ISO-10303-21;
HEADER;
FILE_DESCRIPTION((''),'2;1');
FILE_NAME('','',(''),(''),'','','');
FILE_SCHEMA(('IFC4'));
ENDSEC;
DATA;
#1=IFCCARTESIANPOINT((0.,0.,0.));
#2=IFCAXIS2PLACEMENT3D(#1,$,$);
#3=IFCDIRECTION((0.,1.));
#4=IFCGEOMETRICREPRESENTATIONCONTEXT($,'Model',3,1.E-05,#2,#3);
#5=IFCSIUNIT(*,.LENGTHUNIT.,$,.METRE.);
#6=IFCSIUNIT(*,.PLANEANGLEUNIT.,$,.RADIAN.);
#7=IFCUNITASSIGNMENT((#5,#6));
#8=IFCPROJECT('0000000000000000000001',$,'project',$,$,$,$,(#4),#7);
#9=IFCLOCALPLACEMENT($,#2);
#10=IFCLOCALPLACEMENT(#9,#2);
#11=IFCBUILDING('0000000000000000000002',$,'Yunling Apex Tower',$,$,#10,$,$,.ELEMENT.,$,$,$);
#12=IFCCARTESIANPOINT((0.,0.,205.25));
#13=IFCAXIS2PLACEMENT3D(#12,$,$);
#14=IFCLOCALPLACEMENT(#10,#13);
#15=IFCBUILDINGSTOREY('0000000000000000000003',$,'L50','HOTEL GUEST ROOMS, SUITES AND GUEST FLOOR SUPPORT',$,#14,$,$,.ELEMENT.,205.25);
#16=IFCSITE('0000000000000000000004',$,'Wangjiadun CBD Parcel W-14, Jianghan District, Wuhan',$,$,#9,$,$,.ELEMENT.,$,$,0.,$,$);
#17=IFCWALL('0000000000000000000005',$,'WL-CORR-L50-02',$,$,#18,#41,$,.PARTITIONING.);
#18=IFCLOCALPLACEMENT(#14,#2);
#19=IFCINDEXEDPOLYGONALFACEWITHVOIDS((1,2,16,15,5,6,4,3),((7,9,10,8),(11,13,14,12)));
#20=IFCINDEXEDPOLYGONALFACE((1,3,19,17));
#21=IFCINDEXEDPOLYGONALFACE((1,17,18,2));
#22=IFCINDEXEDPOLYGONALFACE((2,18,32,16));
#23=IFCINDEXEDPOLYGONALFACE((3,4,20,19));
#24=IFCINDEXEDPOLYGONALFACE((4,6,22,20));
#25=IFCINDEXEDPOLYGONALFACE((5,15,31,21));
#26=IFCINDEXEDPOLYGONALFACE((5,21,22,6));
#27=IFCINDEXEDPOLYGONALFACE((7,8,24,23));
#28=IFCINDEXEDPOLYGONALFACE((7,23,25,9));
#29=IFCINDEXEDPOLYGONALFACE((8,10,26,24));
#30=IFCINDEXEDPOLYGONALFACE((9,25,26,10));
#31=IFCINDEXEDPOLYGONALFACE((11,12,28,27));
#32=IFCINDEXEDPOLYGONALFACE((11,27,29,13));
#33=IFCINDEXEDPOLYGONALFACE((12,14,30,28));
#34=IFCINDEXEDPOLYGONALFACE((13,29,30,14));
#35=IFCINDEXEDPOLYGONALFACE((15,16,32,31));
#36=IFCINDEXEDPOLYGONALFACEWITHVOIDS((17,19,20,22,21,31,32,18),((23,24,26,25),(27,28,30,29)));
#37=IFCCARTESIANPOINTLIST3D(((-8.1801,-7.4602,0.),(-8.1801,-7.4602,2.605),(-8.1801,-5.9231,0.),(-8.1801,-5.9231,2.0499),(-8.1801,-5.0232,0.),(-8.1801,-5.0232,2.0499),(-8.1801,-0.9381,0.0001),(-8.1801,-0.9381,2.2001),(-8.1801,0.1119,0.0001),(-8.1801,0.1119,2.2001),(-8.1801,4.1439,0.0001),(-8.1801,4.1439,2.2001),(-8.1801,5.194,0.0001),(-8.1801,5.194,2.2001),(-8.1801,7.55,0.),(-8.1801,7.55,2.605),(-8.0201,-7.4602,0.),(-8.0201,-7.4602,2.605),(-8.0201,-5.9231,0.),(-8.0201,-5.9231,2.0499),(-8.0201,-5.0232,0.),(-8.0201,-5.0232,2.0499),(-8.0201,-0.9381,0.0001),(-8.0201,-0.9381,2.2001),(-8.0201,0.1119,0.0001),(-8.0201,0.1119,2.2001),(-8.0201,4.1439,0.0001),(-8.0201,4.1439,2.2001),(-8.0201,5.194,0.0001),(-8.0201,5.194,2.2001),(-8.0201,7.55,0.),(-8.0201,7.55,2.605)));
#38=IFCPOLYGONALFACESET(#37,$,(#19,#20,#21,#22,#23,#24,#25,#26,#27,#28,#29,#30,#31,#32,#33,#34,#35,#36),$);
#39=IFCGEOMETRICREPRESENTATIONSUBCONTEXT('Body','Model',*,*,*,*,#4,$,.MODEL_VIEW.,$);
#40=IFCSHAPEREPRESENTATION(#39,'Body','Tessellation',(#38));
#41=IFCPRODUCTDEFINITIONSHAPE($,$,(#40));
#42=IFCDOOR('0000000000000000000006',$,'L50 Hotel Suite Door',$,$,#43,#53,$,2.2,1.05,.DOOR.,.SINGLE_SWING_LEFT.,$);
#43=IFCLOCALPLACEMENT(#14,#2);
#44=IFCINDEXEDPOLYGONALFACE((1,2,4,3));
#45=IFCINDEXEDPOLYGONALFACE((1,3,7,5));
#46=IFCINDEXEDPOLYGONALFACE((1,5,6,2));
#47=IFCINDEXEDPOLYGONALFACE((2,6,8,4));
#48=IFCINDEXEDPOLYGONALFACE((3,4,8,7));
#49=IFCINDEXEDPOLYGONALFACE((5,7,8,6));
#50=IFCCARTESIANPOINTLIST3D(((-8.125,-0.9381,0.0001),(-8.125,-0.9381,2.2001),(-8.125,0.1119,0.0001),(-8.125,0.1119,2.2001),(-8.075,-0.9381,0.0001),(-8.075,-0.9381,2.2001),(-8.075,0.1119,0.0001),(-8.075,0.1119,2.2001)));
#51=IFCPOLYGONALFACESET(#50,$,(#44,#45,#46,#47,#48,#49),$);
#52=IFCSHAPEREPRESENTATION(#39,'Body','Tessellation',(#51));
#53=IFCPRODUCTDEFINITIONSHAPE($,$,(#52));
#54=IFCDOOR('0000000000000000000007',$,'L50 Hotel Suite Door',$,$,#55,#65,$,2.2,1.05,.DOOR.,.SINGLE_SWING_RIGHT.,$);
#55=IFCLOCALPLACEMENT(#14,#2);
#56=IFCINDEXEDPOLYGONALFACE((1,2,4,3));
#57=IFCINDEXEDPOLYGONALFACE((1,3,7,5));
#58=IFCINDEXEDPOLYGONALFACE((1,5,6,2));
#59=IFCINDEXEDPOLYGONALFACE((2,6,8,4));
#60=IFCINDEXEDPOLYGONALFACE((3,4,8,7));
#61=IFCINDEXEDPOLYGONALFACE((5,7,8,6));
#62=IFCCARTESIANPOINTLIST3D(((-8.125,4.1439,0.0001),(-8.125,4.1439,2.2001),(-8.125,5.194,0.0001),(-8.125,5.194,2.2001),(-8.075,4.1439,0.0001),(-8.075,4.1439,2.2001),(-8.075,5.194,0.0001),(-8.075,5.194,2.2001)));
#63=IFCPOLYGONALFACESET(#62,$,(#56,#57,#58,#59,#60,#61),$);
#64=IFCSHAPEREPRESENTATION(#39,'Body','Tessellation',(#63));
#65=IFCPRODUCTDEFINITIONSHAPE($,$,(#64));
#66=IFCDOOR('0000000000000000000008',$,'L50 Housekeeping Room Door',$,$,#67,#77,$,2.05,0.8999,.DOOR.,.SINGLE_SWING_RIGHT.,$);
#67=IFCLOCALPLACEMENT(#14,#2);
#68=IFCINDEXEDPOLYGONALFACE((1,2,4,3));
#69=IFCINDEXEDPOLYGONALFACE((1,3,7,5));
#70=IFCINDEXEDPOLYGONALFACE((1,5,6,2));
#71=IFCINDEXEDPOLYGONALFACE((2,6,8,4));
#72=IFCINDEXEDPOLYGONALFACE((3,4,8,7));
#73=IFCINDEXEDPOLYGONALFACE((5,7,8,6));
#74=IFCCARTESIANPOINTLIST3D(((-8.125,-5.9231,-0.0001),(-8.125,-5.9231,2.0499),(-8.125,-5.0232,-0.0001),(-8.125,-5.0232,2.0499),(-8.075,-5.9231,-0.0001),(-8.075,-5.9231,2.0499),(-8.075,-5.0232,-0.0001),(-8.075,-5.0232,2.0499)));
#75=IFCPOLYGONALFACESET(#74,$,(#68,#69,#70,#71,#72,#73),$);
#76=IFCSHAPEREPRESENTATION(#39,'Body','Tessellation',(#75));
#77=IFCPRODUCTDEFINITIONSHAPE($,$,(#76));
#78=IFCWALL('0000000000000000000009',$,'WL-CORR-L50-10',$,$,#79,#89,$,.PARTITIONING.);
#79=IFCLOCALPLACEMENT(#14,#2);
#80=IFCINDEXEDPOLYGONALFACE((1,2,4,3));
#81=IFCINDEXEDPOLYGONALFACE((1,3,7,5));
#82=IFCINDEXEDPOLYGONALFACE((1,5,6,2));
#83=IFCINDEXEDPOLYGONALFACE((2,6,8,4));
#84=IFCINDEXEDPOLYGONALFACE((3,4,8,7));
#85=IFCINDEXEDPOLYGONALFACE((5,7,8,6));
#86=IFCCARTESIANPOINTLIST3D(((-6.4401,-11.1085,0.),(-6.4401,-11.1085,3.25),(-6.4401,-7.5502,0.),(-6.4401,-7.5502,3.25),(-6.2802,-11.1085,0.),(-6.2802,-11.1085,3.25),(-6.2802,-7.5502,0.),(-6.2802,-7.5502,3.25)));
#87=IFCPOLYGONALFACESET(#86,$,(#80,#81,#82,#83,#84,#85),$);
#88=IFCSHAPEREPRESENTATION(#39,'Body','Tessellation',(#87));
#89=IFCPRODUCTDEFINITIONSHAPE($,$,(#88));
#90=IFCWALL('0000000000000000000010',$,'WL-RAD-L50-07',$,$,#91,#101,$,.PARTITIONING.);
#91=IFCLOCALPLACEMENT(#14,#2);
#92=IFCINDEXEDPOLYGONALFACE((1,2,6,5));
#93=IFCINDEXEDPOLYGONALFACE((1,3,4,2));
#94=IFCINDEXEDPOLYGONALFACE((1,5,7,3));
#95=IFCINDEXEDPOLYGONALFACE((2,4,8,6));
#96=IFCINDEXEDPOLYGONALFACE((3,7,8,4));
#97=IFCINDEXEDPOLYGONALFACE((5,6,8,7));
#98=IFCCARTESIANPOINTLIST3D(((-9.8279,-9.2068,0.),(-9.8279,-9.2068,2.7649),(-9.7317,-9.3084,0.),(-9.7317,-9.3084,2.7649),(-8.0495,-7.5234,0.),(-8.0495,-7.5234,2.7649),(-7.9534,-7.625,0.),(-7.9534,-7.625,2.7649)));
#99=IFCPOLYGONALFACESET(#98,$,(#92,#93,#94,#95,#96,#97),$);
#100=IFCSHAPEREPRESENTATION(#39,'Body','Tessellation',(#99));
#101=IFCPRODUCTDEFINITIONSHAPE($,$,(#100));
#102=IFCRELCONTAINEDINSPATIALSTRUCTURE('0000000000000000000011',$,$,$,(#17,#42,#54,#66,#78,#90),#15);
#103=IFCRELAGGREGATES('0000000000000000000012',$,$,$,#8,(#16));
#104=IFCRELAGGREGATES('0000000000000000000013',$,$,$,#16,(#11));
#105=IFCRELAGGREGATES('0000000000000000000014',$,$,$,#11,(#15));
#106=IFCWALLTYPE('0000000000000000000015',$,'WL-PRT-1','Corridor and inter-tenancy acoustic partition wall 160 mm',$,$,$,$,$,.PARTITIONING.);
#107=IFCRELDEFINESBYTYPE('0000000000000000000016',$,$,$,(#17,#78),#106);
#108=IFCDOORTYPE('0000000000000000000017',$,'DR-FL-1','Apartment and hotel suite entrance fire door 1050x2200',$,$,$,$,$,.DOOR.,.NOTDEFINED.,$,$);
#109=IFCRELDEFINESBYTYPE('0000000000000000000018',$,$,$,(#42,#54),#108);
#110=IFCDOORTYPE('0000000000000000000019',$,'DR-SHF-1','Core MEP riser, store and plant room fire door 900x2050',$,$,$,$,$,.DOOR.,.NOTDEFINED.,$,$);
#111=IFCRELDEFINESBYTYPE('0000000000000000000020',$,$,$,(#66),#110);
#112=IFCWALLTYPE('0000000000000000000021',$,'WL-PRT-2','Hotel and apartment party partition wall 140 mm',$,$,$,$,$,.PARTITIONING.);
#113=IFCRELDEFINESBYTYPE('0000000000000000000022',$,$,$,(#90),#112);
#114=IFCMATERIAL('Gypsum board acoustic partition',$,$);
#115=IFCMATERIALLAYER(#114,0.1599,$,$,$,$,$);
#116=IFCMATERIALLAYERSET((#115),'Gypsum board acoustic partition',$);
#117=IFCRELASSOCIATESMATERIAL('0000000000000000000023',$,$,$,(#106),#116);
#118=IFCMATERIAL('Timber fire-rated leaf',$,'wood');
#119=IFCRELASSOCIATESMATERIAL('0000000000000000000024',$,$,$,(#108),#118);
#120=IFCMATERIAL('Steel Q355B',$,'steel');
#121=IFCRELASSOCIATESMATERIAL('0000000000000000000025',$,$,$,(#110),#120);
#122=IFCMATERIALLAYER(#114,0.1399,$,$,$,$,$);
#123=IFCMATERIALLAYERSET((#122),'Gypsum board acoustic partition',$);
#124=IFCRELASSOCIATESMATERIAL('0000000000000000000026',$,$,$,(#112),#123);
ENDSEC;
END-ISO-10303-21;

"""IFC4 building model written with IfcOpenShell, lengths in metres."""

from ifc_helpers import new_model, si_unit, direction, frame, frame_2d, origin, place, context, subcontext, project, spatial, rectangle, extrude, material, layer, layer_set, type_object, element, fill, save


model = new_model("IFC4")

# Units and contexts
model_context = context("Model", 3, precision=1e-05, world=origin(), true_north=direction((0.0, 1.0)))
body_context = subcontext(model_context, "Body", "Model", "MODEL_VIEW")
ifc_project = project(units=[si_unit("LENGTHUNIT", "METRE"), si_unit("PLANEANGLEUNIT", "RADIAN")], contexts=[model_context])

# Site, building, storey
site_placement = place(None, origin())
site = spatial("IfcSite", under=ifc_project, at=site_placement, Name="Wangjiadun CBD Parcel W-14, Jianghan District, Wuhan", CompositionType="ELEMENT", RefElevation=0.0)
building_placement = place(site_placement, origin())
building = spatial("IfcBuilding", under=site, at=building_placement, Name="Yunling Apex Tower", CompositionType="ELEMENT")
storey_placement = place(building_placement, frame((0.0, 0.0, 205.25)))
storey = spatial("IfcBuildingStorey", under=building, at=storey_placement, Name="L50", Description="HOTEL GUEST ROOMS, SUITES AND GUEST FLOOR SUPPORT", CompositionType="ELEMENT", Elevation=205.25)

# Shared definitions
ifc_material_1 = material(Name="Steel Q355B", Category="steel")

# Shared definitions
ifc_material_2 = material(Name="Gypsum board acoustic partition")
ifc_layer_1 = layer(ifc_material_2, 0.1599)
ifc_layer_set_1 = layer_set([ifc_layer_1], Name="Gypsum board acoustic partition")
wall_type_1 = type_object("IfcWallType", Name="WL-PRT-1", Description="Corridor and inter-tenancy acoustic partition wall 160 mm", PredefinedType="PARTITIONING", material=ifc_layer_set_1)

# Wall, openings, doors
wall_1_placement = place(storey_placement, frame((-8.1001, -7.4602, 0.0), z_axis=(0.0, 0.0, 1.0), x_axis=(0.0, 1.0, 0.0)))
wall_1 = element("IfcWall", 1, at=wall_1_placement, inside=storey, type_object=wall_type_1, Name="WL-CORR-L50-02", PredefinedType="PARTITIONING", context=body_context, shape_type="SweptSolid", body=[
    extrude(rectangle(XDim=15.0103, YDim=0.1599, at=frame_2d((7.5051, 0.0))), origin(), (0.0, 0.0, 1.0), 2.605),
])
opening_1_placement = place(wall_1_placement, frame((1.5371, 0.0, 0.0)))
opening_1 = element("IfcOpeningElement", 2, at=opening_1_placement, cuts=wall_1, PredefinedType="OPENING", context=body_context, shape_type="SweptSolid", body=[
    extrude(rectangle(XDim=0.8999, YDim=2.05, at=frame_2d((0.45, 1.0249))), frame((0.0, 0.0898, 0.0), z_axis=(0.0, -1.0, 0.0), x_axis=(1.0, 0.0, 0.0)), (0.0, 0.0, 1.0), 0.1799),
])
opening_2_placement = place(wall_1_placement, frame((6.5222, 0.0, 0.0)))
opening_2 = element("IfcOpeningElement", 3, at=opening_2_placement, cuts=wall_1, PredefinedType="OPENING", context=body_context, shape_type="SweptSolid", body=[
    extrude(rectangle(XDim=1.05, YDim=2.2, at=frame_2d((0.5249, 1.1001))), frame((0.0, 0.0898, 0.0), z_axis=(0.0, -1.0, 0.0), x_axis=(1.0, 0.0, 0.0)), (0.0, 0.0, 1.0), 0.1799),
])
opening_3_placement = place(wall_1_placement, frame((11.6042, 0.0, 0.0)))
opening_3 = element("IfcOpeningElement", 4, at=opening_3_placement, cuts=wall_1, PredefinedType="OPENING", context=body_context, shape_type="SweptSolid", body=[
    extrude(rectangle(XDim=1.05, YDim=2.2, at=frame_2d((0.5249, 1.1001))), frame((0.0, 0.0898, 0.0), z_axis=(0.0, -1.0, 0.0), x_axis=(1.0, 0.0, 0.0)), (0.0, 0.0, 1.0), 0.1799),
])
ifc_material_3 = material(Name="Timber fire-rated leaf", Category="wood")
door_type_1 = type_object("IfcDoorType", Name="DR-FL-1", Description="Apartment and hotel suite entrance fire door 1050x2200", OperationType="NOTDEFINED", PredefinedType="DOOR", material=ifc_material_3)
door_1_placement = place(opening_2_placement, origin())
door_1 = element("IfcDoor", 5, at=door_1_placement, inside=storey, type_object=door_type_1, Name="L50 Hotel Suite Door", OperationType="SINGLE_SWING_LEFT", OverallHeight=2.2, OverallWidth=1.05, PredefinedType="DOOR", context=body_context, shape_type="SweptSolid", body=[
    extrude(rectangle(XDim=1.05, YDim=2.2, at=frame_2d((0.5249, 1.1001))), frame((0.0, 0.0249, 0.0), z_axis=(0.0, -1.0, 0.0), x_axis=(1.0, 0.0, 0.0)), (0.0, 0.0, 1.0), 0.05),
])
fill(opening_2, door_1)
door_2_placement = place(opening_3_placement, origin())
door_2 = element("IfcDoor", 6, at=door_2_placement, inside=storey, type_object=door_type_1, Name="L50 Hotel Suite Door", OperationType="SINGLE_SWING_RIGHT", OverallHeight=2.2, OverallWidth=1.05, PredefinedType="DOOR", context=body_context, shape_type="SweptSolid", body=[
    extrude(rectangle(XDim=1.05, YDim=2.2, at=frame_2d((0.5249, 1.1001))), frame((0.0, 0.0249, 0.0), z_axis=(0.0, -1.0, 0.0), x_axis=(1.0, 0.0, 0.0)), (0.0, 0.0, 1.0), 0.05),
])
fill(opening_3, door_2)
door_type_2 = type_object("IfcDoorType", Name="DR-SHF-1", Description="Core MEP riser, store and plant room fire door 900x2050", OperationType="NOTDEFINED", PredefinedType="DOOR", material=ifc_material_1)
door_3_placement = place(opening_1_placement, origin())
door_3 = element("IfcDoor", 7, at=door_3_placement, inside=storey, type_object=door_type_2, Name="L50 Housekeeping Room Door", OperationType="SINGLE_SWING_RIGHT", OverallHeight=2.05, OverallWidth=0.8999, PredefinedType="DOOR", context=body_context, shape_type="SweptSolid", body=[
    extrude(rectangle(XDim=0.8999, YDim=2.05, at=frame_2d((0.45, 1.0249))), frame((0.0, 0.0249, 0.0), z_axis=(0.0, -1.0, 0.0), x_axis=(1.0, 0.0, 0.0)), (0.0, 0.0, 1.0), 0.05),
])
fill(opening_1, door_3)

# Walls
wall_2_placement = place(storey_placement, frame((-6.3601, -7.55, 0.0), z_axis=(0.0, 0.0, 1.0), x_axis=(0.0, -1.0, 0.0)))
element("IfcWall", 8, at=wall_2_placement, inside=storey, type_object=wall_type_1, Name="WL-CORR-L50-10", PredefinedType="PARTITIONING", context=body_context, shape_type="SweptSolid", body=[
    extrude(rectangle(XDim=3.5583, YDim=0.1599, at=frame_2d((1.7793, 0.0))), origin(), (0.0, 0.0, 1.0), 3.25),
])
ifc_layer_2 = layer(ifc_material_2, 0.1399)
ifc_layer_set_2 = layer_set([ifc_layer_2], Name="Gypsum board acoustic partition")
wall_type_2 = type_object("IfcWallType", Name="WL-PRT-2", Description="Hotel and apartment party partition wall 140 mm", PredefinedType="PARTITIONING", material=ifc_layer_set_2)
wall_3_placement = place(storey_placement, frame((-8.0015, -7.5742, 0.0), z_axis=(0.0, 0.0, 1.0), x_axis=(-0.726233, -0.687449, 0.0)))
element("IfcWall", 9, at=wall_3_placement, inside=storey, type_object=wall_type_2, Name="WL-RAD-L50-07", PredefinedType="PARTITIONING", context=body_context, shape_type="SweptSolid", body=[
    extrude(rectangle(XDim=2.4487, YDim=0.1399, at=frame_2d((1.2244, 0.0))), origin(), (0.0, 0.0, 1.0), 2.7649),
])

save(model, "model.ifc")
